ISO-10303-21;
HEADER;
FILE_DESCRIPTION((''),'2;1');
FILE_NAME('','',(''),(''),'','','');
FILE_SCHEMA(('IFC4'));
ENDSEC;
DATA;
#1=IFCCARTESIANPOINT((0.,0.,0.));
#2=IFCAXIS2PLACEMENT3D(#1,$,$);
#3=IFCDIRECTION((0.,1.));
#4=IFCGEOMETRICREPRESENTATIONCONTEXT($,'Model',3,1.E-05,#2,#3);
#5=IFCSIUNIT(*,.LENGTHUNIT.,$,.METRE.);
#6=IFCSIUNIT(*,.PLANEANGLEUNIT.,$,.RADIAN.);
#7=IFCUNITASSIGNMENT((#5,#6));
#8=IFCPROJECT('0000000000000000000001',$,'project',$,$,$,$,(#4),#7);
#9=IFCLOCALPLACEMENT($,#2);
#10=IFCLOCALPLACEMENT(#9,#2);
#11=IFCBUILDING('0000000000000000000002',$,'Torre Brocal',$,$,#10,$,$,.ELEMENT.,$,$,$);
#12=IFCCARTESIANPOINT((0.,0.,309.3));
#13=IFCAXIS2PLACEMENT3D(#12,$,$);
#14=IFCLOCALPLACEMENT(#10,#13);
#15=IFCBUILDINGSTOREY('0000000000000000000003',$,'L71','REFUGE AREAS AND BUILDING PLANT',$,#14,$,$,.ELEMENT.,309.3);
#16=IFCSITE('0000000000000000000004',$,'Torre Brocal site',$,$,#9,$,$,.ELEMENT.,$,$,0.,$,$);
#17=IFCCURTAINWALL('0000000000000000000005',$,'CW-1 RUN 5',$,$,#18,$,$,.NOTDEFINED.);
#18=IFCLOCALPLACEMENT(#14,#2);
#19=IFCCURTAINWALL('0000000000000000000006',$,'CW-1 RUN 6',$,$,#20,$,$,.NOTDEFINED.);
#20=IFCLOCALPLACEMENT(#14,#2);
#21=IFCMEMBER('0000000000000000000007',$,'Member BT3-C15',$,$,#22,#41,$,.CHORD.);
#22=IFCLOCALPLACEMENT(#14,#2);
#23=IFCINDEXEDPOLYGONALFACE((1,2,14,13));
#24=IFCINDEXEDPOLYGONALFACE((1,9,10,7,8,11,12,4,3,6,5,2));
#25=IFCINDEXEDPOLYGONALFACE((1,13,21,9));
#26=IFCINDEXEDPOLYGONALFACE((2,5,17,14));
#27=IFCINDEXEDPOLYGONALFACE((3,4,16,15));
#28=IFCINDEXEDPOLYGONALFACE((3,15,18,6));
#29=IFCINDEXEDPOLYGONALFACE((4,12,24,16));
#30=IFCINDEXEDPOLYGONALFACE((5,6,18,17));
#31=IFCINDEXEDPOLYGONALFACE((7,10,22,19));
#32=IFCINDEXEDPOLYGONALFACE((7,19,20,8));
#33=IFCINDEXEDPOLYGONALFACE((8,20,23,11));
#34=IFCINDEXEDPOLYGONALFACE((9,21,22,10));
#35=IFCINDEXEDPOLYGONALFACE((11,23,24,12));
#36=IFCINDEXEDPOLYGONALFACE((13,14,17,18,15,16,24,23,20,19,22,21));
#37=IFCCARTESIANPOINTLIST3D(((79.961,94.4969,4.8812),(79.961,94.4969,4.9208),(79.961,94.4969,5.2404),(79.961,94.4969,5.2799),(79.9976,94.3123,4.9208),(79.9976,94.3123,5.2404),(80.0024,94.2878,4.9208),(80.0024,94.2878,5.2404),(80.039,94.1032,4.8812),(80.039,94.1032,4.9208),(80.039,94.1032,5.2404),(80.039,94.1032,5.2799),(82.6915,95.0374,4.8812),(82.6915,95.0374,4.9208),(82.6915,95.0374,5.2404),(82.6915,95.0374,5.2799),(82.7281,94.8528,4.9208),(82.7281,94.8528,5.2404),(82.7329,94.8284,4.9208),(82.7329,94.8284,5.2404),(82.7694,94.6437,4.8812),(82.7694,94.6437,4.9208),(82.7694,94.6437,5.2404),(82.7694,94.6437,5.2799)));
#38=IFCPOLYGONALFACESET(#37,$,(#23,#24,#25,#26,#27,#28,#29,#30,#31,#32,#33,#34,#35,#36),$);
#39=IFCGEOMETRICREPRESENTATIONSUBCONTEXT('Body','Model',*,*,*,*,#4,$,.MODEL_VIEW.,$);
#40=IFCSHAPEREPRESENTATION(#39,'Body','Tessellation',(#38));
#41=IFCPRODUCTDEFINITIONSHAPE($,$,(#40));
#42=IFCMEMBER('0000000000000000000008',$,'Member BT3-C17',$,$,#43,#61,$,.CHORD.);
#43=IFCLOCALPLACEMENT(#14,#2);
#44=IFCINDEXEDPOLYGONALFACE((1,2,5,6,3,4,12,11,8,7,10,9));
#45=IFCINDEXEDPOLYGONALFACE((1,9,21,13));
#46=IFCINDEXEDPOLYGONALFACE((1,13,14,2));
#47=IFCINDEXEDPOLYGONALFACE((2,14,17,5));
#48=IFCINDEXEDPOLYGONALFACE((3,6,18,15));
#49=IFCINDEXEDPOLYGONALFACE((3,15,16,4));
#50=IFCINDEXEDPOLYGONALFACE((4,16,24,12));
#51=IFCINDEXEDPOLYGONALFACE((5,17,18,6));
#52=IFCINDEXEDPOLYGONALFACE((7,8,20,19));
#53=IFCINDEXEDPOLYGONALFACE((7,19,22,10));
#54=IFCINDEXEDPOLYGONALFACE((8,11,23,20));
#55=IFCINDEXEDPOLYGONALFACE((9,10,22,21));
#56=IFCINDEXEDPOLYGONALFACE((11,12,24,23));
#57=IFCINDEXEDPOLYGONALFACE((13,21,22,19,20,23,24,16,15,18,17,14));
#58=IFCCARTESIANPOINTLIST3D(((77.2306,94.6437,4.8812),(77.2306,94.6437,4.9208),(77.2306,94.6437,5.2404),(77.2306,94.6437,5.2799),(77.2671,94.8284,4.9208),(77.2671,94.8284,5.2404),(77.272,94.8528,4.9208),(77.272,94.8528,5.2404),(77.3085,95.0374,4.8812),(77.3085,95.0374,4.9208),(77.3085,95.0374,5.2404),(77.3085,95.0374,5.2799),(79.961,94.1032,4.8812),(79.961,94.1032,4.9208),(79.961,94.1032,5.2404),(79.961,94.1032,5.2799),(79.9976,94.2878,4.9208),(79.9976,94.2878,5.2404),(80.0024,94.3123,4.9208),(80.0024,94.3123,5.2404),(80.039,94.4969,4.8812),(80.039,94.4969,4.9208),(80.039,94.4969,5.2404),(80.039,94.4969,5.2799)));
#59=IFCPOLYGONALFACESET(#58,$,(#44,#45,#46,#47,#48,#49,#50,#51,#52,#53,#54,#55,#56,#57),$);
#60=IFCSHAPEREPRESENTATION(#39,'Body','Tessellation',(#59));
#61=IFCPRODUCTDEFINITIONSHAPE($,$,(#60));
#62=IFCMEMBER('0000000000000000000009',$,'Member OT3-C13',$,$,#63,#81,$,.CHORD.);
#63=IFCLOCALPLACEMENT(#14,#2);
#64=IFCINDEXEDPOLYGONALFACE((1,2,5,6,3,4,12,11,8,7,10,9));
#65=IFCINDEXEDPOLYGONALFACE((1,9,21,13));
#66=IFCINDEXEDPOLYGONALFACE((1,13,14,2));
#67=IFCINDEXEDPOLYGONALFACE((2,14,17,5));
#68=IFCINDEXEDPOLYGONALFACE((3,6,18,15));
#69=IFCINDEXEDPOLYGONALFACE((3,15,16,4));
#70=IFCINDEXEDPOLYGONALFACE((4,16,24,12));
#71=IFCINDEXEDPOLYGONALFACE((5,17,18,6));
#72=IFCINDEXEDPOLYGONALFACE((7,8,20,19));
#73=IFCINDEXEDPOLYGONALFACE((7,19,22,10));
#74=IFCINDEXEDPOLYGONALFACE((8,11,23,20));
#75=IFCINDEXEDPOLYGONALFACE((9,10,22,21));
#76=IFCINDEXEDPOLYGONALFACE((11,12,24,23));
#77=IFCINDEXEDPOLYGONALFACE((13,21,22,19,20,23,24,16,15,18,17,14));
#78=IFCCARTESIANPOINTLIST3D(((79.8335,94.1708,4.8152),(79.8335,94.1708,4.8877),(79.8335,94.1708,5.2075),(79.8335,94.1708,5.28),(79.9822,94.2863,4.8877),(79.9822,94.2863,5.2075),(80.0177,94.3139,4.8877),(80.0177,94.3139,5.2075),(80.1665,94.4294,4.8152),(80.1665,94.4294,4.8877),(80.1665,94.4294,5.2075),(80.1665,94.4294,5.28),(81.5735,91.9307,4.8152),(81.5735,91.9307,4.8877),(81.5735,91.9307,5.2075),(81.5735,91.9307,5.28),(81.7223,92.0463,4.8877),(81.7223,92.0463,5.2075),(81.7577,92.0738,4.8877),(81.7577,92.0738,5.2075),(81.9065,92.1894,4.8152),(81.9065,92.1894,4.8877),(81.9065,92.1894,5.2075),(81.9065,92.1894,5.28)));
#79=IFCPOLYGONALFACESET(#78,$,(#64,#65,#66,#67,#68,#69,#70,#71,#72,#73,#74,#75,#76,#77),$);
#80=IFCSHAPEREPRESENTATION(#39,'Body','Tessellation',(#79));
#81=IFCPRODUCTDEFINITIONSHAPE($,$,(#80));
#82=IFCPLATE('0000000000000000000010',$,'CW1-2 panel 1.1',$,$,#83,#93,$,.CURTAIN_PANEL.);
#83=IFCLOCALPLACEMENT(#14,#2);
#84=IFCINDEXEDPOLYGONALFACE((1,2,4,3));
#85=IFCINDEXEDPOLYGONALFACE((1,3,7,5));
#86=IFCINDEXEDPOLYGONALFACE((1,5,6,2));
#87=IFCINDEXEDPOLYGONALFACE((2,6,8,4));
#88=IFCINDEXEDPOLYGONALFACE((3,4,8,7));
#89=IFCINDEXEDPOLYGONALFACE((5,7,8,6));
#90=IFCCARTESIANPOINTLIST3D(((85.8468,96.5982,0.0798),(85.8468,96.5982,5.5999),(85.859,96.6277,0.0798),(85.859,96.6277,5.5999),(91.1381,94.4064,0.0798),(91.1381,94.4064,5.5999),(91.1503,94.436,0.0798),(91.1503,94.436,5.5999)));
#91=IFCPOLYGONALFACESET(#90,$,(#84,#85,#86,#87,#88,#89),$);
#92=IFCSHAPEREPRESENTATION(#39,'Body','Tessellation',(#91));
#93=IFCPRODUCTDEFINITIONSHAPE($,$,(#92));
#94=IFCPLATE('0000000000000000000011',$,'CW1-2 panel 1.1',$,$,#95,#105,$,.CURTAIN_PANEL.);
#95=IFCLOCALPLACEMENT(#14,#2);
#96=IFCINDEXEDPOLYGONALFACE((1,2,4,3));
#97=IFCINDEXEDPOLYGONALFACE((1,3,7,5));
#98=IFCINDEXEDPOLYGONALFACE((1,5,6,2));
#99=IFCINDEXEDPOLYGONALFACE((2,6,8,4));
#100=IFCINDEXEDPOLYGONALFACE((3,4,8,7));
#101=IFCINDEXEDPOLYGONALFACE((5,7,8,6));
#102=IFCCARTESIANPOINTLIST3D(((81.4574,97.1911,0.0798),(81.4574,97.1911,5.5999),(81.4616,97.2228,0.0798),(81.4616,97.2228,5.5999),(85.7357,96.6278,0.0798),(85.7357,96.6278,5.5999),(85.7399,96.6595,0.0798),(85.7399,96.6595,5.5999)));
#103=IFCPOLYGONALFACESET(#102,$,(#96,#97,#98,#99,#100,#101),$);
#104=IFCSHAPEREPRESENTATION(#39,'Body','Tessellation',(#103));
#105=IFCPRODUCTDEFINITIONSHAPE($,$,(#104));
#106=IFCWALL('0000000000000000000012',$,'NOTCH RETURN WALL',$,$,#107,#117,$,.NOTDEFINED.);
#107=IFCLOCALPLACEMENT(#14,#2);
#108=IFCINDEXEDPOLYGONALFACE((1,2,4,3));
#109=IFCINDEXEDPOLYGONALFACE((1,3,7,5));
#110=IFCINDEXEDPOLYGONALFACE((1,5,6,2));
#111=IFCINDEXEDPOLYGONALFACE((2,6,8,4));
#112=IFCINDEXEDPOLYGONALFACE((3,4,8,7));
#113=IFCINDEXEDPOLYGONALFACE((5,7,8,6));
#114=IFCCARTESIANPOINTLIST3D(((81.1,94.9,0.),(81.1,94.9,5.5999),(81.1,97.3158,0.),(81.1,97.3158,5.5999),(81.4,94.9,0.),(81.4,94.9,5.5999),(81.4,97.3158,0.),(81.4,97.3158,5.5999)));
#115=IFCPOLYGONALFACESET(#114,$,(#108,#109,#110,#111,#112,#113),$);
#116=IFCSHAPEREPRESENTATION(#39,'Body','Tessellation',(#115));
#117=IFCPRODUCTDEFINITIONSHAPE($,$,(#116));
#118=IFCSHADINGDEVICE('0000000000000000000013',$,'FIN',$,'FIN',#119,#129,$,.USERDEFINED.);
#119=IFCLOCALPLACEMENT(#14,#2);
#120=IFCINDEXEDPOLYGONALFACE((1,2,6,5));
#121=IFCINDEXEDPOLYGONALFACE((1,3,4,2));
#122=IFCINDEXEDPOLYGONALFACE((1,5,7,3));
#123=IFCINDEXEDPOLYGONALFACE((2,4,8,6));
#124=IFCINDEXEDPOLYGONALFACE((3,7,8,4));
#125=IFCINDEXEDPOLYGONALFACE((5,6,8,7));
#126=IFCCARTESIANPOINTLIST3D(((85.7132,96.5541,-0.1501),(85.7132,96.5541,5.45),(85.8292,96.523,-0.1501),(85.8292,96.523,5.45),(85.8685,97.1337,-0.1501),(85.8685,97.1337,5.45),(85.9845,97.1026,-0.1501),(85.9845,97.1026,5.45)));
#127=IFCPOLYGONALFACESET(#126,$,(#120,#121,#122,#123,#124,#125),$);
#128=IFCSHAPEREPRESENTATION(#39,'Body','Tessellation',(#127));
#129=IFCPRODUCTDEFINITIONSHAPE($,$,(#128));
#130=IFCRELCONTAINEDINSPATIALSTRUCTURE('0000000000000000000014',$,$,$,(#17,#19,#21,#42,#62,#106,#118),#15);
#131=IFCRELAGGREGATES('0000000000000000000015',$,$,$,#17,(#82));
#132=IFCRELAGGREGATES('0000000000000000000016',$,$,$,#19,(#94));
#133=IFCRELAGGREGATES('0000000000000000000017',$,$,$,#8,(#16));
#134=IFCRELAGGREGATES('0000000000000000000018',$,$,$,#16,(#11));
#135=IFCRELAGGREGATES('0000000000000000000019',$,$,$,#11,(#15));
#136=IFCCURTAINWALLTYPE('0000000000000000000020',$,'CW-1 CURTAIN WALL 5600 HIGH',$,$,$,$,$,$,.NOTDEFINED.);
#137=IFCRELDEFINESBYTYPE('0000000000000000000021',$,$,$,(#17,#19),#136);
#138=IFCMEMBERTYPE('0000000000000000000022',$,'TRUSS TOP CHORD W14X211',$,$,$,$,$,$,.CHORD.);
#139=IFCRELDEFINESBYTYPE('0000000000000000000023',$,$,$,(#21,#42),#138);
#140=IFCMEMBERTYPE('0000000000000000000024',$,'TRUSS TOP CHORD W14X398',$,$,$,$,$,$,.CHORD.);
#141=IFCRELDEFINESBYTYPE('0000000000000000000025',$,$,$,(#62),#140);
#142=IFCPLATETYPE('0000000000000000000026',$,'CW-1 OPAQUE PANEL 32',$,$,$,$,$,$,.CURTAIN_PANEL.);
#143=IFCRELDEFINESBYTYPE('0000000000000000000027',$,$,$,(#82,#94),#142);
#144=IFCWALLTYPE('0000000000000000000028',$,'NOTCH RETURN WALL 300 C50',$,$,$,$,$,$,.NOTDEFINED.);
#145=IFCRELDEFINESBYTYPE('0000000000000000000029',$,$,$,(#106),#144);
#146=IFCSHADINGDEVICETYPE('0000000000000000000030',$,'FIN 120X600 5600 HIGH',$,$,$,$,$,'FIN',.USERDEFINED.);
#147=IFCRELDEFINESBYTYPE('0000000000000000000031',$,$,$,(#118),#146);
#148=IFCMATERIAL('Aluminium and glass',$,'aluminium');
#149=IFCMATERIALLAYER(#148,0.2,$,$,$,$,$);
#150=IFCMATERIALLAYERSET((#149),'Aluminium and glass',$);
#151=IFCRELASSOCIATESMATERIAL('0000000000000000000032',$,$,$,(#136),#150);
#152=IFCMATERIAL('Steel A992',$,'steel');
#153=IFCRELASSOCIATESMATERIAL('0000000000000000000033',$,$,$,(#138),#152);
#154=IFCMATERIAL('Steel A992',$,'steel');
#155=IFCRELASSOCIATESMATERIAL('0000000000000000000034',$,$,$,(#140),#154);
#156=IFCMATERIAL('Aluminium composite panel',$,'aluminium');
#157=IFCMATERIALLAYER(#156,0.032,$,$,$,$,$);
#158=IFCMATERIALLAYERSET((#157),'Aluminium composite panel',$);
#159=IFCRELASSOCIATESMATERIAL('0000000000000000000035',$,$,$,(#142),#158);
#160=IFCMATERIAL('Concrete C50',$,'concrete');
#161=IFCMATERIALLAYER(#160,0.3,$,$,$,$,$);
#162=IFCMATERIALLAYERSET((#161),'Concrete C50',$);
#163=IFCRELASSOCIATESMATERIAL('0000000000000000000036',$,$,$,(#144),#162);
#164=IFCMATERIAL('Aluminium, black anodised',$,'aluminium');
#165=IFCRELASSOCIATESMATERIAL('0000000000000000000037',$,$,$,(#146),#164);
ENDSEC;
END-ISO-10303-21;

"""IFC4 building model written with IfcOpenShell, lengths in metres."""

from ifc_helpers import new_model, si_unit, direction, frame, frame_2d, origin, origin_2d, place, context, subcontext, project, spatial, rectangle, i_section, extrude, material, layer, layer_set, material_profile, profile_set, type_object, element, aggregate, save


model = new_model("IFC4")

# Units and contexts
model_context = context("Model", 3, precision=1e-05, world=origin(), true_north=direction((0.0, 1.0)))
body_context = subcontext(model_context, "Body", "Model", "MODEL_VIEW")
ifc_project = project(units=[si_unit("LENGTHUNIT", "METRE"), si_unit("PLANEANGLEUNIT", "RADIAN")], contexts=[model_context])

# Site, building, storey
site_placement = place(None, origin())
site = spatial("IfcSite", under=ifc_project, at=site_placement, Name="Torre Brocal site", CompositionType="ELEMENT", RefElevation=0.0)
building_placement = place(site_placement, origin())
building = spatial("IfcBuilding", under=site, at=building_placement, Name="Torre Brocal", CompositionType="ELEMENT")
storey_placement = place(building_placement, frame((0.0, 0.0, 309.3)))
storey = spatial("IfcBuildingStorey", under=building, at=storey_placement, Name="L71", Description="REFUGE AREAS AND BUILDING PLANT", CompositionType="ELEMENT", Elevation=309.3)

# Curtain wall
ifc_material_1 = material(Name="Aluminium and glass", Category="aluminium")
ifc_layer_1 = layer(ifc_material_1, 0.2)
ifc_layer_set_1 = layer_set([ifc_layer_1], Name="Aluminium and glass")
curtain_wall_type = type_object("IfcCurtainWallType", Name="CW-1 CURTAIN WALL 5600 HIGH", PredefinedType="NOTDEFINED", material=ifc_layer_set_1)
curtain_wall_1_placement = place(storey_placement, origin())
curtain_wall_1 = element("IfcCurtainWall", 1, at=curtain_wall_1_placement, inside=storey, type_object=curtain_wall_type, Name="CW-1 RUN 5", PredefinedType="NOTDEFINED")

# Curtain wall
curtain_wall_2_placement = place(storey_placement, origin())
curtain_wall_2 = element("IfcCurtainWall", 2, at=curtain_wall_2_placement, inside=storey, type_object=curtain_wall_type, Name="CW-1 RUN 6", PredefinedType="NOTDEFINED")

# Members
ifc_material_2 = material(Name="Steel A992", Category="steel")
ifc_material_profile_1 = material_profile(ifc_material_2, i_section(OverallWidth=0.4014, OverallDepth=0.3987, WebThickness=0.0249, FlangeThickness=0.0396, at=origin_2d()), Name="W14X211")
ifc_profile_set_1 = profile_set([ifc_material_profile_1], Name="Steel A992")
member_type_1 = type_object("IfcMemberType", Name="TRUSS TOP CHORD W14X211", PredefinedType="CHORD", material=ifc_profile_set_1)
for number, where, z_axis, x_axis, name in (
    (3, (82.7305, 94.8406, 5.0806), (-0.980963, -0.194193, 0.0), (0.194193, -0.980963, 0.0), "Member BT3-C15"),
    (4, (80.0, 94.3, 5.0806), (-0.980963, 0.194193, 0.0), (-0.194193, -0.980963, 0.0), "Member BT3-C17"),
):
    element("IfcMember", number, at=place(storey_placement, frame(where, z_axis=z_axis, x_axis=x_axis)), inside=storey, type_object=member_type_1, Name=name, PredefinedType="CHORD", context=body_context, shape_type="SweptSolid", body=[
        extrude(i_section(OverallWidth=0.4014, OverallDepth=0.3987, WebThickness=0.0249, FlangeThickness=0.0396, at=origin_2d()), origin(), (0.0, 0.0, 1.0), 2.7834),
    ])
ifc_material_3 = material(Name="Steel A992", Category="steel")
ifc_material_profile_2 = material_profile(ifc_material_3, i_section(OverallWidth=0.4216, OverallDepth=0.4648, WebThickness=0.0449, FlangeThickness=0.0725, at=origin_2d()), Name="W14X398")
ifc_profile_set_2 = profile_set([ifc_material_profile_2], Name="Steel A992")
member_type_2 = type_object("IfcMemberType", Name="TRUSS TOP CHORD W14X398", PredefinedType="CHORD", material=ifc_profile_set_2)
member_1_placement = place(storey_placement, frame((81.74, 92.0601, 5.0476), z_axis=(-0.613452, 0.789732, 0.0), x_axis=(-0.789732, -0.613452, 0.0)))
element("IfcMember", 5, at=member_1_placement, inside=storey, type_object=member_type_2, Name="Member OT3-C13", PredefinedType="CHORD", context=body_context, shape_type="SweptSolid", body=[
    extrude(i_section(OverallWidth=0.4216, OverallDepth=0.4648, WebThickness=0.0449, FlangeThickness=0.0725, at=origin_2d()), origin(), (0.0, 0.0, 1.0), 2.8364),
])

# Plates
ifc_material_4 = material(Name="Aluminium composite panel", Category="aluminium")
ifc_layer_2 = layer(ifc_material_4, 0.032)
ifc_layer_set_2 = layer_set([ifc_layer_2], Name="Aluminium composite panel")
plate_type = type_object("IfcPlateType", Name="CW-1 OPAQUE PANEL 32", PredefinedType="CURTAIN_PANEL", material=ifc_layer_set_2)
plate_1_placement = place(storey_placement, frame((88.4985, 95.5171, 0.0798), z_axis=(0.0, 0.0, 1.0), x_axis=(-0.92388, 0.382683, 0.0)))
plate_1 = element("IfcPlate", 6, at=plate_1_placement, type_object=plate_type, Name="CW1-2 panel 1.1", PredefinedType="CURTAIN_PANEL", context=body_context, shape_type="SweptSolid", body=[
    extrude(rectangle(XDim=5.7273, YDim=0.032, at=origin_2d()), origin(), (0.0, 0.0, 1.0), 5.52),
])
aggregate(curtain_wall_1, [plate_1])
plate_2_placement = place(storey_placement, frame((83.5986, 96.9253, 0.0798), z_axis=(0.0, 0.0, 1.0), x_axis=(-0.991445, 0.130526, 0.0)))
plate_2 = element("IfcPlate", 7, at=plate_2_placement, type_object=plate_type, Name="CW1-2 panel 1.1", PredefinedType="CURTAIN_PANEL", context=body_context, shape_type="SweptSolid", body=[
    extrude(rectangle(XDim=4.3152, YDim=0.032, at=origin_2d()), origin(), (0.0, 0.0, 1.0), 5.52),
])
aggregate(curtain_wall_2, [plate_2])

# Wall
ifc_material_5 = material(Name="Concrete C50", Category="concrete")
ifc_layer_3 = layer(ifc_material_5, 0.3)
ifc_layer_set_3 = layer_set([ifc_layer_3], Name="Concrete C50")
wall_type = type_object("IfcWallType", Name="NOTCH RETURN WALL 300 C50", PredefinedType="NOTDEFINED", material=ifc_layer_set_3)
wall_placement = place(storey_placement, frame((81.25, 94.8999, 0.0), z_axis=(0.0, 0.0, 1.0), x_axis=(0.0, 1.0, 0.0)))
element("IfcWall", 8, at=wall_placement, inside=storey, type_object=wall_type, Name="NOTCH RETURN WALL", PredefinedType="NOTDEFINED", context=body_context, shape_type="SweptSolid", body=[
    extrude(rectangle(XDim=2.4158, YDim=0.3, at=frame_2d((1.208, 0.0))), origin(), (0.0, 0.0, 1.0), 5.5999),
])

# Shading device
ifc_material_6 = material(Name="Aluminium, black anodised", Category="aluminium")
ifc_material_profile_3 = material_profile(ifc_material_6, rectangle(XDim=0.1201, YDim=0.6001, at=origin_2d()), Name="FIN 120X600 5600 HIGH")
ifc_profile_set_3 = profile_set([ifc_material_profile_3], Name="Aluminium, black anodised")
shading_device_type = type_object("IfcShadingDeviceType", Name="FIN 120X600 5600 HIGH", ElementType="FIN", PredefinedType="USERDEFINED", material=ifc_profile_set_3)
shading_device_placement = place(storey_placement, frame((85.8489, 96.8284, -0.1501), z_axis=(0.0, 0.0, 1.0), x_axis=(-0.965926, 0.258819, 0.0)))
element("IfcShadingDevice", 9, at=shading_device_placement, inside=storey, type_object=shading_device_type, Name="FIN", ObjectType="FIN", PredefinedType="USERDEFINED", context=body_context, shape_type="SweptSolid", body=[
    extrude(rectangle(XDim=0.1201, YDim=0.6001, at=origin_2d()), origin(), (0.0, 0.0, 1.0), 5.6001),
])

save(model, "model.ifc")
